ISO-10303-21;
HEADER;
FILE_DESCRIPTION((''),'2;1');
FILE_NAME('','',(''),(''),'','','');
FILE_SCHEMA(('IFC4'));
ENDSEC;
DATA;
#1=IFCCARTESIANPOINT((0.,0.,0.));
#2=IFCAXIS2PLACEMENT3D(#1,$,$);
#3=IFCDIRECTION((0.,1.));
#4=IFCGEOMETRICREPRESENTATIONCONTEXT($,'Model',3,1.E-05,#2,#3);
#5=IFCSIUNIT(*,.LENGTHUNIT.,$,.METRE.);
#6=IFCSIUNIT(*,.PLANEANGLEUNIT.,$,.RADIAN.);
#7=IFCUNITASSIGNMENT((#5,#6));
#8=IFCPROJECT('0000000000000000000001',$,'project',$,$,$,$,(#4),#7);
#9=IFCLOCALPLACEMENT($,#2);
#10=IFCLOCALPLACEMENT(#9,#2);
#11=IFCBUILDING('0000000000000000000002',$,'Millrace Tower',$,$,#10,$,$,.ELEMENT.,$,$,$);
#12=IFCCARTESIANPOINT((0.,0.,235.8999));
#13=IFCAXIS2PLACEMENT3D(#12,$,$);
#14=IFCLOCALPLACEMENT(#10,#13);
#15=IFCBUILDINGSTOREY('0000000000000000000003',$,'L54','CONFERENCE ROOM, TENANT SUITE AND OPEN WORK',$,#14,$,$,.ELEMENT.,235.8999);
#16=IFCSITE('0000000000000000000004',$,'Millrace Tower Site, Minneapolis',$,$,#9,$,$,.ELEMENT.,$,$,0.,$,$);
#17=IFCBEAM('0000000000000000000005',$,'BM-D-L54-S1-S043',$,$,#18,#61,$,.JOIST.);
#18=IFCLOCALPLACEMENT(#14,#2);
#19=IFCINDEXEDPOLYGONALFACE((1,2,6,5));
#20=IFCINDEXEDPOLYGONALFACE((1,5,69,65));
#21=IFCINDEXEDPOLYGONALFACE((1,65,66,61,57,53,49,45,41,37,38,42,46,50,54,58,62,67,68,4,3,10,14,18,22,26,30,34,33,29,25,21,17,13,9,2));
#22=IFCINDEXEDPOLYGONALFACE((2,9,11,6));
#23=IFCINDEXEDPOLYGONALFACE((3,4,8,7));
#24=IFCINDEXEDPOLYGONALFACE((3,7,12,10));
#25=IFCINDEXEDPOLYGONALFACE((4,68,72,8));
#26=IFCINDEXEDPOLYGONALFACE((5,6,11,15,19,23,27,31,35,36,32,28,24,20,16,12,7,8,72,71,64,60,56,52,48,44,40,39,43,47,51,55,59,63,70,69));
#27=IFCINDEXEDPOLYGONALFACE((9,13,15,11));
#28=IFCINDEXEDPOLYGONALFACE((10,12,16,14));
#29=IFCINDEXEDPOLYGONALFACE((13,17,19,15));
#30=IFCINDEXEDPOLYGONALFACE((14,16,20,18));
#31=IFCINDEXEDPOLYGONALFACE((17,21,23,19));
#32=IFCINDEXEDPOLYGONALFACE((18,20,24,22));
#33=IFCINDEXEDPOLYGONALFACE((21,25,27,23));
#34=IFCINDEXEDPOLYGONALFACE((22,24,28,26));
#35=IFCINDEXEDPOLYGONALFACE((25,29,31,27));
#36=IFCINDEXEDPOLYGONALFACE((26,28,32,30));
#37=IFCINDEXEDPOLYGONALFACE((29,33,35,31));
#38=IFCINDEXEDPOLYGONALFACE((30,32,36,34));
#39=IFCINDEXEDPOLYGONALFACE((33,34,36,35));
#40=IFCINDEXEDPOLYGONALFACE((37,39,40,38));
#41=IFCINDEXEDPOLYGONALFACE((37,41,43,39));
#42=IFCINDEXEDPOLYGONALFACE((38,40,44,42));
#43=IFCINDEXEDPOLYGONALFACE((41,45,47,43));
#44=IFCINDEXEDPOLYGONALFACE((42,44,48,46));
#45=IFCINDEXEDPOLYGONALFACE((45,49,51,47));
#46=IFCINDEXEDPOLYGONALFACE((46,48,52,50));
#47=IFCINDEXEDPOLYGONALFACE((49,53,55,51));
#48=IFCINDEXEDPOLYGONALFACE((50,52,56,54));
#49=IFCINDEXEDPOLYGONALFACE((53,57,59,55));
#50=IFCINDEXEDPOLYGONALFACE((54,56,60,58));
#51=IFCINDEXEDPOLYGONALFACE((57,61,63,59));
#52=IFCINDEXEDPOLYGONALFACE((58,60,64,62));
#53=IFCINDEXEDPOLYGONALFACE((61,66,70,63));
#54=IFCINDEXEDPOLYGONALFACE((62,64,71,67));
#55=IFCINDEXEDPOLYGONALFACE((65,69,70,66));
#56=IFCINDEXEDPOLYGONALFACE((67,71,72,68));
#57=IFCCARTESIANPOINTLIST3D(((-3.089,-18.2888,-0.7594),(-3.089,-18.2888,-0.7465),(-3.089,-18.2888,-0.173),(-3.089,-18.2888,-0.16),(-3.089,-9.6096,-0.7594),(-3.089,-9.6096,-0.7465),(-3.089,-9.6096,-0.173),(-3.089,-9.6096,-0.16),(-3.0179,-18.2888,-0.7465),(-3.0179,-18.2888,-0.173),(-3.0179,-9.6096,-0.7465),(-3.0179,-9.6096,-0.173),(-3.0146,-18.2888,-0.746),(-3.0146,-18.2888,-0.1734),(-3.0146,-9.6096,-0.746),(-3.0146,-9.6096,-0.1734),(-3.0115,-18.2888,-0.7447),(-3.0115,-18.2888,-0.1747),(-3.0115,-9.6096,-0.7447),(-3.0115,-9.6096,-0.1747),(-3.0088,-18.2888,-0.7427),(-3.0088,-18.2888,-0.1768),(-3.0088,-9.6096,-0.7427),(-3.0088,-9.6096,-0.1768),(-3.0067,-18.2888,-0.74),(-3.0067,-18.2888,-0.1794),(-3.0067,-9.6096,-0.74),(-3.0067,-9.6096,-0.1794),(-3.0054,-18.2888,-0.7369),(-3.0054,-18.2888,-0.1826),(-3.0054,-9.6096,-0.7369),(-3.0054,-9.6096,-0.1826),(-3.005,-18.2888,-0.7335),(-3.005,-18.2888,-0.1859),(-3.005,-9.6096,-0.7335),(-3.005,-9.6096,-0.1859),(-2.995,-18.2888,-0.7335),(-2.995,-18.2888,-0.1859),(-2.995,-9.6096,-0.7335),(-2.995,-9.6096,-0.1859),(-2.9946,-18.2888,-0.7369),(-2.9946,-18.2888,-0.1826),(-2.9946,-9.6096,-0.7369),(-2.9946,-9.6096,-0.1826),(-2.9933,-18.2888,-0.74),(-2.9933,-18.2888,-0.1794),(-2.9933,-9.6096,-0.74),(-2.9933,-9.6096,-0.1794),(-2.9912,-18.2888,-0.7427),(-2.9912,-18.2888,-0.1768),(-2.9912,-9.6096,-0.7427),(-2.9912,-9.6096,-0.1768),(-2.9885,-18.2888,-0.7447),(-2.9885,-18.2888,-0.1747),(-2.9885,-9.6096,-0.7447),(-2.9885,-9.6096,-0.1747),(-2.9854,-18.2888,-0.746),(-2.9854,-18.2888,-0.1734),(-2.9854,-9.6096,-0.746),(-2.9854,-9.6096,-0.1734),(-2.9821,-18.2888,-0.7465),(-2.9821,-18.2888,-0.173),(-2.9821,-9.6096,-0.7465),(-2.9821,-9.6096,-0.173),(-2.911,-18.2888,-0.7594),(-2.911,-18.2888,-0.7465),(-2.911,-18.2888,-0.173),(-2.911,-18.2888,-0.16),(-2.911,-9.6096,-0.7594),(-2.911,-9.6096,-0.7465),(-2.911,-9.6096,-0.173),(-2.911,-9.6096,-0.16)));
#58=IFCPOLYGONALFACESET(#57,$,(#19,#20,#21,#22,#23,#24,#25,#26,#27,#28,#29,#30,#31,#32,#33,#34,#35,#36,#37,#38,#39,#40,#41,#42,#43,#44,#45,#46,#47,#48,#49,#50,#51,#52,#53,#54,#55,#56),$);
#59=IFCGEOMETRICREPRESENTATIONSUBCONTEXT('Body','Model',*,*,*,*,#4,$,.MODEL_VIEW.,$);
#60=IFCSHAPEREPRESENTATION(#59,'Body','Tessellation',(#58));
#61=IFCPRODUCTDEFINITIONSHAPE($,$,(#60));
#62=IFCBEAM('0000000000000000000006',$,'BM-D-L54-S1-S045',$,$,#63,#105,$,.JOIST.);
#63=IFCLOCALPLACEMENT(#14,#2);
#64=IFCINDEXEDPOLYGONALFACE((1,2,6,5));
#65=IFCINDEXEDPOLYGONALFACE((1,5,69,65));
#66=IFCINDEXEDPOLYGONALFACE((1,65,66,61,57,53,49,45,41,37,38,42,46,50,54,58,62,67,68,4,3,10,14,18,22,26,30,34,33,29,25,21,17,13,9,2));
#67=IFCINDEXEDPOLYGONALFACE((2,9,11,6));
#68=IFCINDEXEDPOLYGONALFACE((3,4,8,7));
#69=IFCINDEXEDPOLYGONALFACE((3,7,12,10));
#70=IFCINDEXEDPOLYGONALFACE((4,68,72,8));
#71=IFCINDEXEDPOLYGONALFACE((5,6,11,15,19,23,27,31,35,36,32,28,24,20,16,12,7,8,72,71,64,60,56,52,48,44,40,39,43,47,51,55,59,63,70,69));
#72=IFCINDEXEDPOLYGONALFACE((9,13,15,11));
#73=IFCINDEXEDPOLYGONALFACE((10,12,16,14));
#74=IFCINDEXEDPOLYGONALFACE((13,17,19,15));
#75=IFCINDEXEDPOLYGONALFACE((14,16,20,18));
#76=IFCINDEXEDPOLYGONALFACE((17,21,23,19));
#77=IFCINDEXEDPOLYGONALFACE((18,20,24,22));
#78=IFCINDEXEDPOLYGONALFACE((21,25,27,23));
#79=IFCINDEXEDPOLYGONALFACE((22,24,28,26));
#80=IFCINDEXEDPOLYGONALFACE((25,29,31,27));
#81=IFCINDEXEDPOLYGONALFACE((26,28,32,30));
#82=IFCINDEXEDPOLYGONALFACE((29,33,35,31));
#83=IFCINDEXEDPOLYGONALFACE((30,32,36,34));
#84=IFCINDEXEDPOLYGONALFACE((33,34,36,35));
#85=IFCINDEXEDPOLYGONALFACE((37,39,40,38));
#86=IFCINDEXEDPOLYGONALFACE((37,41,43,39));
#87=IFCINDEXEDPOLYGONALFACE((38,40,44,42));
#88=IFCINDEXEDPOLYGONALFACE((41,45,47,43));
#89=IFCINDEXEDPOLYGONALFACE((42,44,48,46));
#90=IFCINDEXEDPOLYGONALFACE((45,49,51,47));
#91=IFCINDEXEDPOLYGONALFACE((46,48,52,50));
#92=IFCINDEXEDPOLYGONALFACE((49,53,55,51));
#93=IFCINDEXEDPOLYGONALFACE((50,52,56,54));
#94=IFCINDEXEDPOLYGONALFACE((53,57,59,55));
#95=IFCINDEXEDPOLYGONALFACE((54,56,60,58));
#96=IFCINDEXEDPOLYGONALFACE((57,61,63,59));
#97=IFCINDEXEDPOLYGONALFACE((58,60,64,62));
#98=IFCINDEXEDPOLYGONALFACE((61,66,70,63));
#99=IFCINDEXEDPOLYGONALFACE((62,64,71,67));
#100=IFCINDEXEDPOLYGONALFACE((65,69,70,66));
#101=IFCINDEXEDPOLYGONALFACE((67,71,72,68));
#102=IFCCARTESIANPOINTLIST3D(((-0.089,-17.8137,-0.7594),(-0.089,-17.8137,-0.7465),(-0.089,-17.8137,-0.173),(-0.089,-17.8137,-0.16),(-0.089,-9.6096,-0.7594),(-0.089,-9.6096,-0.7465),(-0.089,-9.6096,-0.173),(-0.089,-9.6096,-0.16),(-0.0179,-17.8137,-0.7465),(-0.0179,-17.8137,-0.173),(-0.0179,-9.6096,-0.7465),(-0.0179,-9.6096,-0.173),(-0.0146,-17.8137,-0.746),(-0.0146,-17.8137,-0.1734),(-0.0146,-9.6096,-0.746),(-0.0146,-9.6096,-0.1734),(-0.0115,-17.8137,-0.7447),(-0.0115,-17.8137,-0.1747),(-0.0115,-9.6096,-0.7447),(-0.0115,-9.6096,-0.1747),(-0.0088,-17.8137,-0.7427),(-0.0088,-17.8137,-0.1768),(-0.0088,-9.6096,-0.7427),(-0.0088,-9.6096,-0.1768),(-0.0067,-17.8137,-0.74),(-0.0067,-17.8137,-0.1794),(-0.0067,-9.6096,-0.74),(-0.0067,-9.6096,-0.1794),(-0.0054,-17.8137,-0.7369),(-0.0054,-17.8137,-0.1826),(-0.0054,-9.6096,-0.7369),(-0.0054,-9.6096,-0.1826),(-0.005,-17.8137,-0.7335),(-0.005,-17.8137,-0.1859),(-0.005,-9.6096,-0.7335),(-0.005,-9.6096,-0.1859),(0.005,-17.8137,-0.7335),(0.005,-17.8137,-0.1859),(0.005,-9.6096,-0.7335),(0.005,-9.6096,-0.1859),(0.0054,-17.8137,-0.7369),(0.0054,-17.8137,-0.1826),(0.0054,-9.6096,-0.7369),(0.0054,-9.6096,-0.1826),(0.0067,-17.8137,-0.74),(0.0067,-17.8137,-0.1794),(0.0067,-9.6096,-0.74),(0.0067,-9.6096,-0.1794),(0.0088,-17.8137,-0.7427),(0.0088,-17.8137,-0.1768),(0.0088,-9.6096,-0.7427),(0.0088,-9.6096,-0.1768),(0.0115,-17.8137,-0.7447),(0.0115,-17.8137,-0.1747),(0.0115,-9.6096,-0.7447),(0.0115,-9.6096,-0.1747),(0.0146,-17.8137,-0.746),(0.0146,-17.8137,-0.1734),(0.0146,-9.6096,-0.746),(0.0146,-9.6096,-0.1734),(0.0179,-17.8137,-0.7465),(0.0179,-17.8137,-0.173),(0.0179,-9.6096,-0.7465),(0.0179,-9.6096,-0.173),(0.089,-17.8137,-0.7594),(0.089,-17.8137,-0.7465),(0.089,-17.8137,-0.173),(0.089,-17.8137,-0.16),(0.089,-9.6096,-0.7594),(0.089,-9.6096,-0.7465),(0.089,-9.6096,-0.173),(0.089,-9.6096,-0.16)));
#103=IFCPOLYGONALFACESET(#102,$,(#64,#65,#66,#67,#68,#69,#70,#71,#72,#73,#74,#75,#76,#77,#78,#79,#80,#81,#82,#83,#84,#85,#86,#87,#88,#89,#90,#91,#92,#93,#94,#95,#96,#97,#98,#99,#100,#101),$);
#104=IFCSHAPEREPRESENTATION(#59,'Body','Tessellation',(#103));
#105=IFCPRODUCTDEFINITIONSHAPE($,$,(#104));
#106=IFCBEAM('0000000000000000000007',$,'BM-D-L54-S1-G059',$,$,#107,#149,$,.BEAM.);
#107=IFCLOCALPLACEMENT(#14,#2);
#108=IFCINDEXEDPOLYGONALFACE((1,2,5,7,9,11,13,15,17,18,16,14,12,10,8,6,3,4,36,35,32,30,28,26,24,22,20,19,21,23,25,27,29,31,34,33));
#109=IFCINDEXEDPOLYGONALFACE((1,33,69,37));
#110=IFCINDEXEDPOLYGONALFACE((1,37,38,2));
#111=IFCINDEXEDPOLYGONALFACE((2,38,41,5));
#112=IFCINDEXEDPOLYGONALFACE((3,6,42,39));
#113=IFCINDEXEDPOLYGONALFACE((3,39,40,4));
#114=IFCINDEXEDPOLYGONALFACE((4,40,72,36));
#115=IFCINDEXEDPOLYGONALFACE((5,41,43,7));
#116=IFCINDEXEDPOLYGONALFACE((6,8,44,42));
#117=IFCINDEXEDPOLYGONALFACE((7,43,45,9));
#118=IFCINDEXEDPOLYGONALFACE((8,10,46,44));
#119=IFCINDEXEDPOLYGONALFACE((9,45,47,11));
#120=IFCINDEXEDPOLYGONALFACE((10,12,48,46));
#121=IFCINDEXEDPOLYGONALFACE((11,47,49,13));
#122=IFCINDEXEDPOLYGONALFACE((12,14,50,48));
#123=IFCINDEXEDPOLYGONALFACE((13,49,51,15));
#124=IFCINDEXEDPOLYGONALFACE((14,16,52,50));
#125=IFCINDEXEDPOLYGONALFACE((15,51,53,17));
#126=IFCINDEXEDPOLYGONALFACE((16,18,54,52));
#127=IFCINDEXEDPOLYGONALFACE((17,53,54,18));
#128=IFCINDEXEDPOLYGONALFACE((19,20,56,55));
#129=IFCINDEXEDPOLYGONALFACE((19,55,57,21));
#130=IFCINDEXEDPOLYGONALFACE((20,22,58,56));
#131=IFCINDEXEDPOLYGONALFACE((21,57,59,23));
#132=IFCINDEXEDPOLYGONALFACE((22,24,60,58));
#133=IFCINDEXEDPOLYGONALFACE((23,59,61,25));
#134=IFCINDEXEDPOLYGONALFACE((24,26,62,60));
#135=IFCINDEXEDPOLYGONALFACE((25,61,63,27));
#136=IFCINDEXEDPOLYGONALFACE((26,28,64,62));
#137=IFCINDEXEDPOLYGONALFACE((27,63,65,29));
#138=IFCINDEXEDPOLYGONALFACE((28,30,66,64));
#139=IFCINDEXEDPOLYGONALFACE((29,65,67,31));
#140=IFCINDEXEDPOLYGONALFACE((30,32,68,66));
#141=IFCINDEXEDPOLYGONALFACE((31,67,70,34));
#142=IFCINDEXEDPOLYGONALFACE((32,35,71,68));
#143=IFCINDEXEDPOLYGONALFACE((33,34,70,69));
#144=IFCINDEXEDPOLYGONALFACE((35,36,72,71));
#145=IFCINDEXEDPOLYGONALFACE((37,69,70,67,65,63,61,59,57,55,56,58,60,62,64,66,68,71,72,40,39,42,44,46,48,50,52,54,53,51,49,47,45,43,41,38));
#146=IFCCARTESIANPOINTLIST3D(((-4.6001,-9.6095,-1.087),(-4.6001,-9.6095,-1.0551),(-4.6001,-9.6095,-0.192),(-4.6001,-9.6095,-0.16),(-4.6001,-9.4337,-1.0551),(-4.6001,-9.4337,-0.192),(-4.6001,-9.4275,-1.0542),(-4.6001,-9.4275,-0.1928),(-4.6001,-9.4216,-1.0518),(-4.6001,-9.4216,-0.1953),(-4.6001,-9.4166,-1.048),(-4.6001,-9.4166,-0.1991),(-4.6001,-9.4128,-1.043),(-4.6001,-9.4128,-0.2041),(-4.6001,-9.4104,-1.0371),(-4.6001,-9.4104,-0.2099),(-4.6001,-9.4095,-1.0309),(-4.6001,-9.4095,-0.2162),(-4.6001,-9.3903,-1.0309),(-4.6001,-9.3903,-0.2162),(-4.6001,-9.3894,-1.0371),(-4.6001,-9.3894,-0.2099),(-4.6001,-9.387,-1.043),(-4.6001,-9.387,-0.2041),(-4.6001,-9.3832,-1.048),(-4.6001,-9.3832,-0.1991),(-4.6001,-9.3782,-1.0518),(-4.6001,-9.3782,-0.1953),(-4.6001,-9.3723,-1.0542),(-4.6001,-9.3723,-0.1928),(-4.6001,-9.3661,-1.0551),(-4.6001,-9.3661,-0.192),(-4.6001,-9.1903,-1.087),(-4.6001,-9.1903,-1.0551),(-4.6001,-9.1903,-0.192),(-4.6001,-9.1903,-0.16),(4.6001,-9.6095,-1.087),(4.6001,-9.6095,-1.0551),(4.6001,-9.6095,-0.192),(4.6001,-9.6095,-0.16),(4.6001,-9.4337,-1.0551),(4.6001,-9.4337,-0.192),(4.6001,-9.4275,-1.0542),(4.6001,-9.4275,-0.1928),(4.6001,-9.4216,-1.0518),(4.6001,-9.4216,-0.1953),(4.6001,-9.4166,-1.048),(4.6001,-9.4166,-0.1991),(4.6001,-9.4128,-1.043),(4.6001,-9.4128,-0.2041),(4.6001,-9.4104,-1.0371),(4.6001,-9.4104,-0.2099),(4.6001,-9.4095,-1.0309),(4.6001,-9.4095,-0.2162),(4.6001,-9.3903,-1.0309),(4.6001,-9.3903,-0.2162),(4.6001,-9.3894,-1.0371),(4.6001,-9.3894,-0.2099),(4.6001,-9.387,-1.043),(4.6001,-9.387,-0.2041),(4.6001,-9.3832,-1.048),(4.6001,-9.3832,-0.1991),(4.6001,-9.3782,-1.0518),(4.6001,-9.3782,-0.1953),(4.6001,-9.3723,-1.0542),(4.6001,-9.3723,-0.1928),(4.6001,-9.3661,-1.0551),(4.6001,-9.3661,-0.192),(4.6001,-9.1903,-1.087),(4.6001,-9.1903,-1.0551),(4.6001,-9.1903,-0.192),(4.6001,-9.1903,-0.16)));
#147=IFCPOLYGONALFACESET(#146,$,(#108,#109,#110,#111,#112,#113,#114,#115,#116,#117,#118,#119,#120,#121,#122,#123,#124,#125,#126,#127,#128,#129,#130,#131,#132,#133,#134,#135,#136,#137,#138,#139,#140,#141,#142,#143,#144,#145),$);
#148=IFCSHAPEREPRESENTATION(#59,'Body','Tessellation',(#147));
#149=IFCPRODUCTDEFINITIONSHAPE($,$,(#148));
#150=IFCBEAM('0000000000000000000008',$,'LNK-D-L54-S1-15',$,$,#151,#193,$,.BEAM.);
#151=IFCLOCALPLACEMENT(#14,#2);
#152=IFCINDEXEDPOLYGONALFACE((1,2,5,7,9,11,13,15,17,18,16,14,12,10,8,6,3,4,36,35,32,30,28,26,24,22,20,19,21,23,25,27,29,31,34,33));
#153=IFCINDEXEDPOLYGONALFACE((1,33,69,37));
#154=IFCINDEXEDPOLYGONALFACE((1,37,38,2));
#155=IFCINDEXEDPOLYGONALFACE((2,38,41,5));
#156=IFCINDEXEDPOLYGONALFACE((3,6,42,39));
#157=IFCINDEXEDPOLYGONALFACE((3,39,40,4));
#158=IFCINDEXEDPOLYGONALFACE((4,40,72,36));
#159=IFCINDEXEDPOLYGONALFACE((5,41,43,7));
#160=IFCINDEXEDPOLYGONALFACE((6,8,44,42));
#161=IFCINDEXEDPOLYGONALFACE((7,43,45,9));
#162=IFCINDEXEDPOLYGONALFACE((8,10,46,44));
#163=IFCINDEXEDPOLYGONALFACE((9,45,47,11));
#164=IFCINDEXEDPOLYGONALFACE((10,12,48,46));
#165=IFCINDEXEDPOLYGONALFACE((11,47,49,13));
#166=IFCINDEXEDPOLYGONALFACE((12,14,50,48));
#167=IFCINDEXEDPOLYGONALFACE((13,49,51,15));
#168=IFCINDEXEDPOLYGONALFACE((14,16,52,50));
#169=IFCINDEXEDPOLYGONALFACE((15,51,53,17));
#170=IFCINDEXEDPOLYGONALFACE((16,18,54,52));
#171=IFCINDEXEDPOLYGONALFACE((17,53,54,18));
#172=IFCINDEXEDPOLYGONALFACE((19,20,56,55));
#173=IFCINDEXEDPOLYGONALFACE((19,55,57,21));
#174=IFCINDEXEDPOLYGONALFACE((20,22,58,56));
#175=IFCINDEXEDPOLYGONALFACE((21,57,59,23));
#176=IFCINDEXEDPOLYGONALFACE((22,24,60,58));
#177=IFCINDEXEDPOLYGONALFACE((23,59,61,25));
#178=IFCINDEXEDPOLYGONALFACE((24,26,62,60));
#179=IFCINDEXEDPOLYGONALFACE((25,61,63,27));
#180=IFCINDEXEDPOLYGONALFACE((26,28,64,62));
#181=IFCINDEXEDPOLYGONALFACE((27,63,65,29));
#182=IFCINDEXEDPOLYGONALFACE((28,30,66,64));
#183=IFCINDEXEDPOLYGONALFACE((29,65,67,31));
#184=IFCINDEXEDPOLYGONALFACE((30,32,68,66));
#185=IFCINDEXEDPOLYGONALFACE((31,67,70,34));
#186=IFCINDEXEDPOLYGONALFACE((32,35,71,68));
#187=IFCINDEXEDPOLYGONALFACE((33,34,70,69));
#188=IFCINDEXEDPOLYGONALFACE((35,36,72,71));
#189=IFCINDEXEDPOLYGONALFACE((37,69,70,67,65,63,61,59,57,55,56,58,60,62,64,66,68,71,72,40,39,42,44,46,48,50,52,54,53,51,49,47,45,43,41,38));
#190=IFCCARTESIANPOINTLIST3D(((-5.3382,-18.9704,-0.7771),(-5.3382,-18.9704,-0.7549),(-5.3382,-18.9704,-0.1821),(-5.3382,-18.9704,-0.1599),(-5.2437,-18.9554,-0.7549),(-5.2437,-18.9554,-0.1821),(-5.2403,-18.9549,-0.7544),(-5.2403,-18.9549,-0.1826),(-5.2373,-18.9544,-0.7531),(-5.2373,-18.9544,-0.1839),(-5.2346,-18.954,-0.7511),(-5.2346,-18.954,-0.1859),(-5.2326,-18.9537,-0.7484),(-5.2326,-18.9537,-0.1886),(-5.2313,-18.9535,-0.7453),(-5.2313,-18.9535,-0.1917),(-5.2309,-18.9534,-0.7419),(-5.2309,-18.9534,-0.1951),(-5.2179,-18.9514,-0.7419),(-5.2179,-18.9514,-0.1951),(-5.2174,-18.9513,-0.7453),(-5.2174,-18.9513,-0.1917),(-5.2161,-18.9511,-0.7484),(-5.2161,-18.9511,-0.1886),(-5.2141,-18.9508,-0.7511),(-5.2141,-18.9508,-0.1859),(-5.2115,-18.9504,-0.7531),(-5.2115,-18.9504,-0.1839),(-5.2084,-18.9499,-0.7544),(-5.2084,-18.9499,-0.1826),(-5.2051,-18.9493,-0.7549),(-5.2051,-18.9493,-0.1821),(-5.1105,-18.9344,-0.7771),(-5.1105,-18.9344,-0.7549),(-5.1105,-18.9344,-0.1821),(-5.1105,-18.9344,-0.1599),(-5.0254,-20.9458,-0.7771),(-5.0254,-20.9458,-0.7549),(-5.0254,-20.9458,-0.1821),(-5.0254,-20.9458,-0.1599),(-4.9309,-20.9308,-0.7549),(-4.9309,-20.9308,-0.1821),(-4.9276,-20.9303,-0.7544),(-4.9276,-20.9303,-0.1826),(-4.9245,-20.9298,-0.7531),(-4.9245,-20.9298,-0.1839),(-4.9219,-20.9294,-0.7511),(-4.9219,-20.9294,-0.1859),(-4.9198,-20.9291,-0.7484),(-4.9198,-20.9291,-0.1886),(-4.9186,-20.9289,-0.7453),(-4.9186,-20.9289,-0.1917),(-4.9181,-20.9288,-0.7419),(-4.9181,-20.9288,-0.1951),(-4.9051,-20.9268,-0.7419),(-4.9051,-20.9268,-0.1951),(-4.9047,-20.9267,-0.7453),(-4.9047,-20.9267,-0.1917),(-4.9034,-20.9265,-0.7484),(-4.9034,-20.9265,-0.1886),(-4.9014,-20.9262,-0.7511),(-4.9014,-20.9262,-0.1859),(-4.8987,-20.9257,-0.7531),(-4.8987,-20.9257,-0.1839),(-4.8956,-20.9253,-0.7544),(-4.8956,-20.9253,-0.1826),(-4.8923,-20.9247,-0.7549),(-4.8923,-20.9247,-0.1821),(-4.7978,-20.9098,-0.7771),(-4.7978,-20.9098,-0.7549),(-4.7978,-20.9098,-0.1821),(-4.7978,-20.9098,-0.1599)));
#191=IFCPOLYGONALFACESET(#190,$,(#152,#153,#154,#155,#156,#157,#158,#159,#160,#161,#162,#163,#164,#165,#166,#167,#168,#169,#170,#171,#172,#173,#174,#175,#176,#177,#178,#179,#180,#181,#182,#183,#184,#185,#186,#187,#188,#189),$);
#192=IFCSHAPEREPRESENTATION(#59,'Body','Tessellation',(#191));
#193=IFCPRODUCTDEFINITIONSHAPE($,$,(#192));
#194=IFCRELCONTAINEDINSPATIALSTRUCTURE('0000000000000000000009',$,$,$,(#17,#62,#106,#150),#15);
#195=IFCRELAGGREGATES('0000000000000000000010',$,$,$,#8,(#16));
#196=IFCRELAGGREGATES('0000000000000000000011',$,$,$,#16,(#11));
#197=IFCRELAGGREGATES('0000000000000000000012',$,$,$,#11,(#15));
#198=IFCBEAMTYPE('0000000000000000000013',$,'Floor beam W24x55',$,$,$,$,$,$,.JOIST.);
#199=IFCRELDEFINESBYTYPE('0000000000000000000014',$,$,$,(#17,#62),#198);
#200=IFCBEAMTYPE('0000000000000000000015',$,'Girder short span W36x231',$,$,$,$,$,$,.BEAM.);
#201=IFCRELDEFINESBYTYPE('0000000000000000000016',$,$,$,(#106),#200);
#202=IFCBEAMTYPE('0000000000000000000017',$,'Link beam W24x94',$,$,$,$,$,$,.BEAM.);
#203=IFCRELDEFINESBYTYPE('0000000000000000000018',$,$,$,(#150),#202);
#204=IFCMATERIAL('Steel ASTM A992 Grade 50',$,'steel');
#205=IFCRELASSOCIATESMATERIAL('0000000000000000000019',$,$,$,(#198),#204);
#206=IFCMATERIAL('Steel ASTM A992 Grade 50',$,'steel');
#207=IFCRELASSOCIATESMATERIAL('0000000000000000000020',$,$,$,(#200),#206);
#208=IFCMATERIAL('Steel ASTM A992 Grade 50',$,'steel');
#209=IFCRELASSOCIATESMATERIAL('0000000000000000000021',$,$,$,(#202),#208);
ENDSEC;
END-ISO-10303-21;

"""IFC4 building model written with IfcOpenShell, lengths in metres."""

from ifc_helpers import new_model, si_unit, direction, frame, origin, origin_2d, place, context, subcontext, project, spatial, i_section, extrude, material, material_profile, profile_set, type_object, element, save


model = new_model("IFC4")

# Units and contexts
model_context = context("Model", 3, precision=1e-05, world=origin(), true_north=direction((0.0, 1.0)))
body_context = subcontext(model_context, "Body", "Model", "MODEL_VIEW")
ifc_project = project(units=[si_unit("LENGTHUNIT", "METRE"), si_unit("PLANEANGLEUNIT", "RADIAN")], contexts=[model_context])

# Site, building, storey
site_placement = place(None, origin())
site = spatial("IfcSite", under=ifc_project, at=site_placement, Name="Millrace Tower Site, Minneapolis", CompositionType="ELEMENT", RefElevation=0.0)
building_placement = place(site_placement, origin())
building = spatial("IfcBuilding", under=site, at=building_placement, Name="Millrace Tower", CompositionType="ELEMENT")
storey_placement = place(building_placement, frame((0.0, 0.0, 235.8999)))
storey = spatial("IfcBuildingStorey", under=building, at=storey_placement, Name="L54", Description="CONFERENCE ROOM, TENANT SUITE AND OPEN WORK", CompositionType="ELEMENT", Elevation=235.8999)

# Beams
ifc_material_1 = material(Name="Steel ASTM A992 Grade 50", Category="steel")
ifc_material_profile_1 = material_profile(ifc_material_1, i_section(OverallWidth=0.178, OverallDepth=0.5994, WebThickness=0.01, FlangeThickness=0.0129, FilletRadius=0.0129, at=origin_2d()))
ifc_profile_set_1 = profile_set([ifc_material_profile_1], Name="Steel ASTM A992 Grade 50")
beam_type_1 = type_object("IfcBeamType", Name="Floor beam W24x55", PredefinedType="JOIST", material=ifc_profile_set_1)
beam_1_placement = place(storey_placement, frame((-3.0, -18.2888, -0.4597), z_axis=(0.0, 1.0, 0.0), x_axis=(-1.0, 0.0, 0.0)))
element("IfcBeam", 1, at=beam_1_placement, inside=storey, type_object=beam_type_1, Name="BM-D-L54-S1-S043", PredefinedType="JOIST", context=body_context, shape_type="SweptSolid", body=[
    extrude(i_section(OverallWidth=0.178, OverallDepth=0.5994, WebThickness=0.01, FlangeThickness=0.0129, FilletRadius=0.0129, at=origin_2d()), origin(), (0.0, 0.0, 1.0), 8.6792),
])
beam_2_placement = place(storey_placement, frame((0.0, -17.8137, -0.4597), z_axis=(0.0, 1.0, 0.0), x_axis=(-1.0, 0.0, 0.0)))
element("IfcBeam", 2, at=beam_2_placement, inside=storey, type_object=beam_type_1, Name="BM-D-L54-S1-S045", PredefinedType="JOIST", context=body_context, shape_type="SweptSolid", body=[
    extrude(i_section(OverallWidth=0.178, OverallDepth=0.5994, WebThickness=0.01, FlangeThickness=0.0129, FilletRadius=0.0129, at=origin_2d()), origin(), (0.0, 0.0, 1.0), 8.2041),
])
ifc_material_2 = material(Name="Steel ASTM A992 Grade 50", Category="steel")
ifc_material_profile_2 = material_profile(ifc_material_2, i_section(OverallWidth=0.4192, OverallDepth=0.927, WebThickness=0.0193, FlangeThickness=0.032, FilletRadius=0.0242, at=origin_2d()))
ifc_profile_set_2 = profile_set([ifc_material_profile_2], Name="Steel ASTM A992 Grade 50")
beam_type_2 = type_object("IfcBeamType", Name="Girder short span W36x231", PredefinedType="BEAM", material=ifc_profile_set_2)
beam_3_placement = place(storey_placement, frame((-4.6001, -9.3999, -0.6235), z_axis=(1.0, 0.0, 0.0), x_axis=(0.0, 1.0, 0.0)))
element("IfcBeam", 3, at=beam_3_placement, inside=storey, type_object=beam_type_2, Name="BM-D-L54-S1-G059", PredefinedType="BEAM", context=body_context, shape_type="SweptSolid", body=[
    extrude(i_section(OverallWidth=0.4192, OverallDepth=0.927, WebThickness=0.0193, FlangeThickness=0.032, FilletRadius=0.0242, at=origin_2d()), origin(), (0.0, 0.0, 1.0), 9.2002),
])
ifc_material_3 = material(Name="Steel ASTM A992 Grade 50", Category="steel")
ifc_material_profile_3 = material_profile(ifc_material_3, i_section(OverallWidth=0.2305, OverallDepth=0.6172, WebThickness=0.0132, FlangeThickness=0.0222, FilletRadius=0.0129, at=origin_2d()))
ifc_profile_set_3 = profile_set([ifc_material_profile_3], Name="Steel ASTM A992 Grade 50")
beam_type_3 = type_object("IfcBeamType", Name="Link beam W24x94", PredefinedType="BEAM", material=ifc_profile_set_3)
beam_4_placement = place(storey_placement, frame((-5.2244, -18.9524, -0.4685), z_axis=(0.156376, -0.987698, 0.0), x_axis=(0.987698, 0.156376, 0.0)))
element("IfcBeam", 4, at=beam_4_placement, inside=storey, type_object=beam_type_3, Name="LNK-D-L54-S1-15", PredefinedType="BEAM", context=body_context, shape_type="SweptSolid", body=[
    extrude(i_section(OverallWidth=0.2305, OverallDepth=0.6172, WebThickness=0.0132, FlangeThickness=0.0222, FilletRadius=0.0129, at=origin_2d()), origin(), (0.0, 0.0, 1.0), 2.0),
])

save(model, "model.ifc")
